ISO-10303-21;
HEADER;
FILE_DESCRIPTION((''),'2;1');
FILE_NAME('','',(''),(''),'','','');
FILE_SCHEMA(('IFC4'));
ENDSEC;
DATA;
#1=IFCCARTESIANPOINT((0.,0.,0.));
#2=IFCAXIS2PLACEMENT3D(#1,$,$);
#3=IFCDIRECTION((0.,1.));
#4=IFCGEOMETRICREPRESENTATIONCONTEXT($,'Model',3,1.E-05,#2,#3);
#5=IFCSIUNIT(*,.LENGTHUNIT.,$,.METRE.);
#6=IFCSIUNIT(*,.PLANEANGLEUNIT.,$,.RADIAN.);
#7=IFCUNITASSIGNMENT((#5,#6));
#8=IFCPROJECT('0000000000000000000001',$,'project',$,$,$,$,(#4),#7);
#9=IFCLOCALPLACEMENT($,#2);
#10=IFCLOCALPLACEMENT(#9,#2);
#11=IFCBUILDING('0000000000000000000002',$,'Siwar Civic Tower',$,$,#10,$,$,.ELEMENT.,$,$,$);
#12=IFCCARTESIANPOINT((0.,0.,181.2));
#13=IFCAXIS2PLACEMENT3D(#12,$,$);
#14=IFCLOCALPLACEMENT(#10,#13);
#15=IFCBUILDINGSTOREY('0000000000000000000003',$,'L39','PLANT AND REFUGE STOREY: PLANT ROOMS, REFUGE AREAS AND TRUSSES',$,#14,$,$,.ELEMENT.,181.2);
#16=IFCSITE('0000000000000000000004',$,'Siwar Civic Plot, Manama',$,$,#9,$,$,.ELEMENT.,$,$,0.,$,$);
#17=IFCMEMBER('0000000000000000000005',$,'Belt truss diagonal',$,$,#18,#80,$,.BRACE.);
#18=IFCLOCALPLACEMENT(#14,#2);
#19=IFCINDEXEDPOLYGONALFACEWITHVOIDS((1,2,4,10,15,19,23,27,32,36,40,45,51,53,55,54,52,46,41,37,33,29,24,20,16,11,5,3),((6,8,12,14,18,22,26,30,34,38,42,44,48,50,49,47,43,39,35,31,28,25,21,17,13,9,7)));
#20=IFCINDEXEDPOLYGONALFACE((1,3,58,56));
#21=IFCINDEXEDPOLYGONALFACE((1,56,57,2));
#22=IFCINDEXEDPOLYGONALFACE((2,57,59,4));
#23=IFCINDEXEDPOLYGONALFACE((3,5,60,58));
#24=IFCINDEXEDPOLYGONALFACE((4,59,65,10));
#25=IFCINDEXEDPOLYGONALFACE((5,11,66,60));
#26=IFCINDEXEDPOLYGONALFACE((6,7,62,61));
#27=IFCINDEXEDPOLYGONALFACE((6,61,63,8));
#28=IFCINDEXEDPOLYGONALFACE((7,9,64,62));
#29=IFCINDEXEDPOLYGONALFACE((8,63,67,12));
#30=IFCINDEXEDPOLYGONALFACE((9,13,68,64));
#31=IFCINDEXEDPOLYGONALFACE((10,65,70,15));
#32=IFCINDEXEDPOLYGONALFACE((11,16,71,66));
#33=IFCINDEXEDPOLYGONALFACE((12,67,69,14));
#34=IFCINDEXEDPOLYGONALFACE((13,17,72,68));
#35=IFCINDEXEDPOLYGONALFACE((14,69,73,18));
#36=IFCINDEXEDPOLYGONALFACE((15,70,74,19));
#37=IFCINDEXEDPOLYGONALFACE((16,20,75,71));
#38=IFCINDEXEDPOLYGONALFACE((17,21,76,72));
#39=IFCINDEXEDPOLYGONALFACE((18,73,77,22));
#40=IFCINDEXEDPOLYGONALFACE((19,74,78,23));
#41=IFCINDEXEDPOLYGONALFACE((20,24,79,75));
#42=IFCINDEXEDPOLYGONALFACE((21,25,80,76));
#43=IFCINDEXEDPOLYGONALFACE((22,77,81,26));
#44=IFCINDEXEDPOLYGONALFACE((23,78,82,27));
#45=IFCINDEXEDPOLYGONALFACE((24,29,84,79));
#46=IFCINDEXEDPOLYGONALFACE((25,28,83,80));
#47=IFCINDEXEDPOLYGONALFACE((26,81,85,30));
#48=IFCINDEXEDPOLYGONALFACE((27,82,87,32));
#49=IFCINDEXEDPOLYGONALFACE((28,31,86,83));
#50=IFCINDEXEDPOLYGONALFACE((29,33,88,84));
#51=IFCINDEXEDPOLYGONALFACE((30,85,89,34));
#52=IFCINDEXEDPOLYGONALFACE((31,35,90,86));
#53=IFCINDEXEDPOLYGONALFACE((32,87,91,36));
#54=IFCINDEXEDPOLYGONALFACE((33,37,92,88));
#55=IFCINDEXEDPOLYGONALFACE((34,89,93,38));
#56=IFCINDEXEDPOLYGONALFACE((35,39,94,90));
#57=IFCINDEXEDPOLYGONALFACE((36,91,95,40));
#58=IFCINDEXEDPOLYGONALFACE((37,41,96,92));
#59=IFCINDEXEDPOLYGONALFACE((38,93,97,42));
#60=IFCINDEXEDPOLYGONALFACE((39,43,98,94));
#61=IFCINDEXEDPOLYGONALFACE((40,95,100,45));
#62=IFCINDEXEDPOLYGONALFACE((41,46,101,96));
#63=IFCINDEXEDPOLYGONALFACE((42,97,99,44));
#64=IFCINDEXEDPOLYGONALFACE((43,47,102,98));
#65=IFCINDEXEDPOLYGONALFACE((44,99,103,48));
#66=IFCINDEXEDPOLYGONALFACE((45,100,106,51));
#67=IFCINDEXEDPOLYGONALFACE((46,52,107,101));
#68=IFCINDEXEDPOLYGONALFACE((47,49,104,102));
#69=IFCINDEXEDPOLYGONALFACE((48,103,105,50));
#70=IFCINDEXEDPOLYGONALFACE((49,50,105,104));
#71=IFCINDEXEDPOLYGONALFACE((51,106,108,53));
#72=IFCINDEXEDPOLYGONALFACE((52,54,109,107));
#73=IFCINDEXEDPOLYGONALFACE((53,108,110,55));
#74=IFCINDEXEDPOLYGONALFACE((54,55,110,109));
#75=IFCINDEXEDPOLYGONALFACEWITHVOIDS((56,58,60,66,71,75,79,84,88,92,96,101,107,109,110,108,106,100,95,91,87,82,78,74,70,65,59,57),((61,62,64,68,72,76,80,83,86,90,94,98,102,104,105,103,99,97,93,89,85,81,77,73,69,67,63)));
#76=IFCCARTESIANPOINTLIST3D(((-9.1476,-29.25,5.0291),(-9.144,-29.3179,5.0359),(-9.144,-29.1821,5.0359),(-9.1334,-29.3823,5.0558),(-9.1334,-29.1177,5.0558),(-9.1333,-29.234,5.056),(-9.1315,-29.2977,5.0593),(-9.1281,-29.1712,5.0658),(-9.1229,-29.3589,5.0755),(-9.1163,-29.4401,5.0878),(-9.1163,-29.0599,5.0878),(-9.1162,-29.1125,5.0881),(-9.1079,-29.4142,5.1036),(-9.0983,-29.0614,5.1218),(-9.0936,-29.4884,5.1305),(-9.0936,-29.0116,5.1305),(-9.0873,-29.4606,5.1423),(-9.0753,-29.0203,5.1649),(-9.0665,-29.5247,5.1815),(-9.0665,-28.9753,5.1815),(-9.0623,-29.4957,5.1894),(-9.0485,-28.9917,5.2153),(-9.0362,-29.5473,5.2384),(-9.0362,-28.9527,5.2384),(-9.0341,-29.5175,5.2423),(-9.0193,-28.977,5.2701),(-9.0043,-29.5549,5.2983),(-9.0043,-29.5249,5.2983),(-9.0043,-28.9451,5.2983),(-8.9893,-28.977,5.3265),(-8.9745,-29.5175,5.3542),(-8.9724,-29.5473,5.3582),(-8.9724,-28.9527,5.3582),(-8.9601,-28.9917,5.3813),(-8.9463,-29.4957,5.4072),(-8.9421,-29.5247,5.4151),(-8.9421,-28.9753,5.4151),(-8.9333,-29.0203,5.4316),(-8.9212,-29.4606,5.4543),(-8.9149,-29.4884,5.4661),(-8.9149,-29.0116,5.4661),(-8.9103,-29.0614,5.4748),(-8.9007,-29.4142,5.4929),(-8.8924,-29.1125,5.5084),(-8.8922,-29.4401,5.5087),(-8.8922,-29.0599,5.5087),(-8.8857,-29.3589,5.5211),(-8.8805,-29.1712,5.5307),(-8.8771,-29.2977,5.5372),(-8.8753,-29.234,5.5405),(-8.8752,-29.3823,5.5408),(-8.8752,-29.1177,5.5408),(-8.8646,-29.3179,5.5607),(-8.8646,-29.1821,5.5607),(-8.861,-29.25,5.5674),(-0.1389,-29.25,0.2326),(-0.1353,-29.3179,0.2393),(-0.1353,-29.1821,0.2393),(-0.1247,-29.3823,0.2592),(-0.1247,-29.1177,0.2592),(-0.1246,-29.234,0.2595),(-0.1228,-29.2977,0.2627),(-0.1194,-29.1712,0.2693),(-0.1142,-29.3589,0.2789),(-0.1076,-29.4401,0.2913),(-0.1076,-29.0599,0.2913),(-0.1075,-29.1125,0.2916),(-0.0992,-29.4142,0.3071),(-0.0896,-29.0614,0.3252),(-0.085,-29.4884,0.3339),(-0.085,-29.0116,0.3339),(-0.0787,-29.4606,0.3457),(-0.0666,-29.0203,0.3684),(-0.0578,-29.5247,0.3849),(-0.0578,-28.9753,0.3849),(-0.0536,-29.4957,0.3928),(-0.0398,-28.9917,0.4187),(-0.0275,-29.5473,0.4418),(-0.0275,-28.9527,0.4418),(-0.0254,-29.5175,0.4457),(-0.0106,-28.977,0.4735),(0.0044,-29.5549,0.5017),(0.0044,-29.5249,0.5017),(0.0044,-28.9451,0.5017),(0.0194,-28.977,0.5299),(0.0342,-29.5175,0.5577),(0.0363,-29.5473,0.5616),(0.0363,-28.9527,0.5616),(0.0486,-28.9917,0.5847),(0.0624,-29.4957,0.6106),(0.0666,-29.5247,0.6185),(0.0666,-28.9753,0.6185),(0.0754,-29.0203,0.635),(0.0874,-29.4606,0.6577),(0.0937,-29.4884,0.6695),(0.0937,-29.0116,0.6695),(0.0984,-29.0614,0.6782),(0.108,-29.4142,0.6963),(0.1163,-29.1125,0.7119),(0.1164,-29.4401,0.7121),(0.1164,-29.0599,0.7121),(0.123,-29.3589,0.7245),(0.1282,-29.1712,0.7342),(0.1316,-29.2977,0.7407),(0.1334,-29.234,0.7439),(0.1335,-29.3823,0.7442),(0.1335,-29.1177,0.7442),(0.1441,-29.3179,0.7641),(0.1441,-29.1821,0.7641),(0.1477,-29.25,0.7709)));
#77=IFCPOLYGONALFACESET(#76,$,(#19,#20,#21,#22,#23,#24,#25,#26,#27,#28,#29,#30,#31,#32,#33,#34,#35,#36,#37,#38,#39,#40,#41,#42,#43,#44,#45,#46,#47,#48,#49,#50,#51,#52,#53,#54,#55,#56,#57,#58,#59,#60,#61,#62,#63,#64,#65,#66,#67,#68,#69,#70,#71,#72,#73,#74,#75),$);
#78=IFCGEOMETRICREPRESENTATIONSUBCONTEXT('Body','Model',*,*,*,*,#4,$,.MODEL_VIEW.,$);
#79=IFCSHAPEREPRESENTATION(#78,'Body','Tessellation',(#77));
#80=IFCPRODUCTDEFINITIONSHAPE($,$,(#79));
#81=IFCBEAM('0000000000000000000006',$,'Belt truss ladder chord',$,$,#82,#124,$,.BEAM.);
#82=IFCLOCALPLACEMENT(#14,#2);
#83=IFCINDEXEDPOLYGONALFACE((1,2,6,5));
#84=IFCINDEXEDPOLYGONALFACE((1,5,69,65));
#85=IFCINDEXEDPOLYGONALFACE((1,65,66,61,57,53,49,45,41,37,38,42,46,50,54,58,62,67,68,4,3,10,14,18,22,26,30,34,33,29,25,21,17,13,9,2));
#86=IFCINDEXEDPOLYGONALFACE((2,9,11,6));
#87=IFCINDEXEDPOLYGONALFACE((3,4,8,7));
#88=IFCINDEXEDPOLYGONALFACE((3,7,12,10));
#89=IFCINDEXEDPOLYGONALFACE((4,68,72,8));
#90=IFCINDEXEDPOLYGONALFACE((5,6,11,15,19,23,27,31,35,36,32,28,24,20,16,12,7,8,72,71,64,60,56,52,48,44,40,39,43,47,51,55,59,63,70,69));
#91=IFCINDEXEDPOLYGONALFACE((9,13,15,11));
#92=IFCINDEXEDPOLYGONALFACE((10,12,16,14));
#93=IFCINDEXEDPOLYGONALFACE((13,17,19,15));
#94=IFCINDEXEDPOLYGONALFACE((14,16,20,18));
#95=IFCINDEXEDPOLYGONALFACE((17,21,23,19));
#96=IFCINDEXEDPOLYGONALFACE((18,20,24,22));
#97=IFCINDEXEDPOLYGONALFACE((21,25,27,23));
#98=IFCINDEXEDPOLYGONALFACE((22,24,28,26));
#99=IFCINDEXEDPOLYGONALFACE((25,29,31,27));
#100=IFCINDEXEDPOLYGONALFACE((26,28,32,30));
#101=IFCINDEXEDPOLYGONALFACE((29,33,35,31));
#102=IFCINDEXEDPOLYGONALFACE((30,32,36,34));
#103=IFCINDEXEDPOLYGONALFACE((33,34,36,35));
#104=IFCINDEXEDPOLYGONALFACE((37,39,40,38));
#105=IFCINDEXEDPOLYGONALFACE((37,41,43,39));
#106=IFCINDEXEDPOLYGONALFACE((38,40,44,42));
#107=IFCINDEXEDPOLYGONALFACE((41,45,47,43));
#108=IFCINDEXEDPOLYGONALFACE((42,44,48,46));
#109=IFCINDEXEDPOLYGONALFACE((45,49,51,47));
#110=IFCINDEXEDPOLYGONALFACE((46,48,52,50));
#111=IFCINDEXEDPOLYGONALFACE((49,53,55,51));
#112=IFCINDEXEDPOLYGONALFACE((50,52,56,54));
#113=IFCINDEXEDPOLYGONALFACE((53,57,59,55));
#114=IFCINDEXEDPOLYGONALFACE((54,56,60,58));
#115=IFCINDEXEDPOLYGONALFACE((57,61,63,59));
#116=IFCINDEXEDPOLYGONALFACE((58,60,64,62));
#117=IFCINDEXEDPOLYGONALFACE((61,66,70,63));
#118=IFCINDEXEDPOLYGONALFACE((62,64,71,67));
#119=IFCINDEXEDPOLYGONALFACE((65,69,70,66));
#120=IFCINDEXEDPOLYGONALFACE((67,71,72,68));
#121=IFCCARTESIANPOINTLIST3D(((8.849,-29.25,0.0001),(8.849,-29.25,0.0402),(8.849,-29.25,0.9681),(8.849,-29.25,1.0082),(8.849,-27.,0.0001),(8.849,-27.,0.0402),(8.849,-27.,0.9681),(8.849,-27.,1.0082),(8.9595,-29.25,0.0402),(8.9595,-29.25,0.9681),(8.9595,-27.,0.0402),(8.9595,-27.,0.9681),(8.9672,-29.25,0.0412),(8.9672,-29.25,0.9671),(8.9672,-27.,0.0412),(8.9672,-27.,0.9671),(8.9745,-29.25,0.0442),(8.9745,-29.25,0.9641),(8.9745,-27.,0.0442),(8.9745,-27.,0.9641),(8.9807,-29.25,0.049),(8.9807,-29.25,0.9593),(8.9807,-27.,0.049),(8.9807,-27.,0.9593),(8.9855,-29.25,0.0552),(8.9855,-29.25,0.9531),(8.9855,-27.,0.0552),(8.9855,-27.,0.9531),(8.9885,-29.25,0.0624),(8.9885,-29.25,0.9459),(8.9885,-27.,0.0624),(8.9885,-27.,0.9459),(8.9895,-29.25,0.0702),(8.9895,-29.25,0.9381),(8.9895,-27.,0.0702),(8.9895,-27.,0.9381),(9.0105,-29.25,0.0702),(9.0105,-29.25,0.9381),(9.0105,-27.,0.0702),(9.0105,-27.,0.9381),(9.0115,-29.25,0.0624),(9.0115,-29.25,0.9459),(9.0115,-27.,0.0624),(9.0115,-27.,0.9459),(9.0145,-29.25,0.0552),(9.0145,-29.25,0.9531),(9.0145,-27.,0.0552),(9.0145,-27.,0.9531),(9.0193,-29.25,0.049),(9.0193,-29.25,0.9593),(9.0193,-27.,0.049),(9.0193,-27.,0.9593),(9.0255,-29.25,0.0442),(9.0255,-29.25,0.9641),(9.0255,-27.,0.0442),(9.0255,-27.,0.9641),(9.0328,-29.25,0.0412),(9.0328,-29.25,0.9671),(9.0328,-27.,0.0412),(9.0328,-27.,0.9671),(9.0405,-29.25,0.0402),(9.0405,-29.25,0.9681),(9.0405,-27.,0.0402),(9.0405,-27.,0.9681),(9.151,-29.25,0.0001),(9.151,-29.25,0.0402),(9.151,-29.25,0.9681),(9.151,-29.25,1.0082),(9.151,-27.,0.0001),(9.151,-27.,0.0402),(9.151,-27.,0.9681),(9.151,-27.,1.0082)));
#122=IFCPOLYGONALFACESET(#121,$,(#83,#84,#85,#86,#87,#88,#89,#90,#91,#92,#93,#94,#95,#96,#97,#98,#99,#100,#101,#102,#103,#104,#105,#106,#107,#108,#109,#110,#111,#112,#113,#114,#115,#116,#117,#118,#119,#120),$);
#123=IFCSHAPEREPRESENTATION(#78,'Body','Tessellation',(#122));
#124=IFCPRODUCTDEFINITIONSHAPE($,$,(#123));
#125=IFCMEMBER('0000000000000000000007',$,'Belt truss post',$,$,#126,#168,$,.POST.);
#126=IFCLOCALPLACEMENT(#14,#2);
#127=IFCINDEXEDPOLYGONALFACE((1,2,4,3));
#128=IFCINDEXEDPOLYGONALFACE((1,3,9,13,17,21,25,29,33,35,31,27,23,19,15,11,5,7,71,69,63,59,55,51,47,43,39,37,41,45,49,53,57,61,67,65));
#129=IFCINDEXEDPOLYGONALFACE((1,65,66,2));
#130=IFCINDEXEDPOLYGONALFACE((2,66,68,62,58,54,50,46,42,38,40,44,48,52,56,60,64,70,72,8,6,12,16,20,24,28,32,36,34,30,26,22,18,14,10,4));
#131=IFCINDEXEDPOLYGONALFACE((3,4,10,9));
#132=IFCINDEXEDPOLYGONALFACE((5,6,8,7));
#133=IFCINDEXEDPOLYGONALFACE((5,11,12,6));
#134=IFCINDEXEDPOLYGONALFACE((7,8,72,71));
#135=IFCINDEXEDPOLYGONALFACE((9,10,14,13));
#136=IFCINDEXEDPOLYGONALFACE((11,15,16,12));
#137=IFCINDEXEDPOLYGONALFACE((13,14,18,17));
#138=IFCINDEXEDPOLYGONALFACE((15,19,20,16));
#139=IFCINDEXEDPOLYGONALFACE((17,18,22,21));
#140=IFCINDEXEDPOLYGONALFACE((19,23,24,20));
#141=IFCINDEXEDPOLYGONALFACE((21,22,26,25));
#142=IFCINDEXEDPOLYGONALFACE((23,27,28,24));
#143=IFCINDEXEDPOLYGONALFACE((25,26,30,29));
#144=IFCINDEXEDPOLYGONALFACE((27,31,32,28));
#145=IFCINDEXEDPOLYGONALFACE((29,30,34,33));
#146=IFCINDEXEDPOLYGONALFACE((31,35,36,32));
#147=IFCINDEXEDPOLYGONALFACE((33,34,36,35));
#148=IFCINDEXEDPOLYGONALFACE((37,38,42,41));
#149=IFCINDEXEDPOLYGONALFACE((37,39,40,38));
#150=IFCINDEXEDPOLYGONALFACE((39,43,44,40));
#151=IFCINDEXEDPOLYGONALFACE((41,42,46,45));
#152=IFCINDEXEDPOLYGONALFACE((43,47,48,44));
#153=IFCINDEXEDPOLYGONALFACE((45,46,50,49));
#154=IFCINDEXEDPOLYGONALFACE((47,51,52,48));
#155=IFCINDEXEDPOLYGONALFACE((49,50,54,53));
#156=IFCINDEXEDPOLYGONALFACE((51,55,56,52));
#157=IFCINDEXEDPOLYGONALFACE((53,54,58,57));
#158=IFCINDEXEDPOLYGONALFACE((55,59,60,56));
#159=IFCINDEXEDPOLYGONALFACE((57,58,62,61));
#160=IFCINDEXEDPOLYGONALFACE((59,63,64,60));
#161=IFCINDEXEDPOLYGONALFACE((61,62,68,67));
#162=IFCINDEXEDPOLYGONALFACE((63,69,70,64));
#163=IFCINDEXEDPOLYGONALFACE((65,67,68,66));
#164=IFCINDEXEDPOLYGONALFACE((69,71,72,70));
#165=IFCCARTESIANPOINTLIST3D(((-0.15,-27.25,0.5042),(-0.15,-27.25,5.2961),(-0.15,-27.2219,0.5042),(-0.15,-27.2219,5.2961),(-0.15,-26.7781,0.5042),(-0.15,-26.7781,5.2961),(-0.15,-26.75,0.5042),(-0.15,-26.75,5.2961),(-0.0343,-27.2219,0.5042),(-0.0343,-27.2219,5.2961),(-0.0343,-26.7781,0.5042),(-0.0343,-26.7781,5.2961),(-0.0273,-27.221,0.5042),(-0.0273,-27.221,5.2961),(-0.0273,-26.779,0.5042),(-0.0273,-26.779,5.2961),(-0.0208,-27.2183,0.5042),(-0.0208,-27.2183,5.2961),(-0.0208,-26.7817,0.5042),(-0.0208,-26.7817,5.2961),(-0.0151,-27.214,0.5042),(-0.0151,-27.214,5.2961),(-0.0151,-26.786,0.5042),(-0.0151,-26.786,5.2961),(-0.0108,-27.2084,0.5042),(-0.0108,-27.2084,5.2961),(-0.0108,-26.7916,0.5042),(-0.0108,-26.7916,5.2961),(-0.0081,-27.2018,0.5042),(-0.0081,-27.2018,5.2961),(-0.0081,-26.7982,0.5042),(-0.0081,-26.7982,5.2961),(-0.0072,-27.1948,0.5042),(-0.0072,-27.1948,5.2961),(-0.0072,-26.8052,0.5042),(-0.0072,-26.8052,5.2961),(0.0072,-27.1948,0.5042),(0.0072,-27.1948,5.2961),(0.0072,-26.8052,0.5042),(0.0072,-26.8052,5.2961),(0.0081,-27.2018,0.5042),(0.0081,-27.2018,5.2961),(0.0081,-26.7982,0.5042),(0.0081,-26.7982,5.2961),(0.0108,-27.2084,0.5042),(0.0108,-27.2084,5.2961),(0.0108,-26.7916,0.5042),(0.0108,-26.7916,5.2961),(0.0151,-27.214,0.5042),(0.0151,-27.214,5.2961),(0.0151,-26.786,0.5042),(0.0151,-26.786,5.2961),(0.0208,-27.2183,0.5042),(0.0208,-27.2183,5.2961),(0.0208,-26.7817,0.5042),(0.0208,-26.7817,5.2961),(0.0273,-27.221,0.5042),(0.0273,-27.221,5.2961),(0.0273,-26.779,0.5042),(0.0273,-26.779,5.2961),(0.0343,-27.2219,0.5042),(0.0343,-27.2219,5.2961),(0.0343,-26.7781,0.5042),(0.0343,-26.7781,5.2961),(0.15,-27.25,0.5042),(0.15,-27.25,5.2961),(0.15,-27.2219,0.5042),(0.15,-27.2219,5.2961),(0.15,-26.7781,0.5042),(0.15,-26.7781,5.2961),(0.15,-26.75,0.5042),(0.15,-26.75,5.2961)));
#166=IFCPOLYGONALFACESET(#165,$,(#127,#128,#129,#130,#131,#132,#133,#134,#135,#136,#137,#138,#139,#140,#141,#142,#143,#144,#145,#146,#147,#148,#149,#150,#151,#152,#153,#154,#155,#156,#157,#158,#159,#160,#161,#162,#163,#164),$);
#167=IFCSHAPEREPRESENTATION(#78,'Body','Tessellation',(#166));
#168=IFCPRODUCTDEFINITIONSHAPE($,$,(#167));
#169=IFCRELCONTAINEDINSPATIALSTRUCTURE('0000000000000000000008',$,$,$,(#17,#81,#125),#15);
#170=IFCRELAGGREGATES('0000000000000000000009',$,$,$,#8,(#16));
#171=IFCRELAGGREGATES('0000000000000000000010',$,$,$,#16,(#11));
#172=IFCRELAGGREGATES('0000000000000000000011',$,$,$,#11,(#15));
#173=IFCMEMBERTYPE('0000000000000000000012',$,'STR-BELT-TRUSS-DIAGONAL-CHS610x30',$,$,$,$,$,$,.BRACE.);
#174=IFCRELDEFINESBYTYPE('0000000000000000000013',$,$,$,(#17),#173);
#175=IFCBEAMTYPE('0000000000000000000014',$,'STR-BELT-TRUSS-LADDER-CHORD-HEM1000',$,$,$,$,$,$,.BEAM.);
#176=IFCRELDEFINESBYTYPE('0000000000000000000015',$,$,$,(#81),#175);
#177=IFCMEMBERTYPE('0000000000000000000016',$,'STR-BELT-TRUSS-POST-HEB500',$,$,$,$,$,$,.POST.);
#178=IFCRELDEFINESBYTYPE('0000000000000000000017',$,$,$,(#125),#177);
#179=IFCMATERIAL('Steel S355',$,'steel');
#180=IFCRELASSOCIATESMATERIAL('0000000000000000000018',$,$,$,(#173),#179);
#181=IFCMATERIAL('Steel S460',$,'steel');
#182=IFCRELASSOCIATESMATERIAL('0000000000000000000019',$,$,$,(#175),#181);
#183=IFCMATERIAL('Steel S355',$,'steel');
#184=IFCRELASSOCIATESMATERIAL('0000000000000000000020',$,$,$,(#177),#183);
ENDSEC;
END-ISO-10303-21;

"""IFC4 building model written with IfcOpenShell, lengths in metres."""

from ifc_helpers import new_model, si_unit, direction, frame, origin, origin_2d, place, context, subcontext, project, spatial, hollow_circle, i_section, extrude, material, material_profile, profile_set, type_object, element, save


model = new_model("IFC4")

# Units and contexts
model_context = context("Model", 3, precision=1e-05, world=origin(), true_north=direction((0.0, 1.0)))
body_context = subcontext(model_context, "Body", "Model", "MODEL_VIEW")
ifc_project = project(units=[si_unit("LENGTHUNIT", "METRE"), si_unit("PLANEANGLEUNIT", "RADIAN")], contexts=[model_context])

# Site, building, storey
site_placement = place(None, origin())
site = spatial("IfcSite", under=ifc_project, at=site_placement, Name="Siwar Civic Plot, Manama", CompositionType="ELEMENT", RefElevation=0.0)
building_placement = place(site_placement, origin())
building = spatial("IfcBuilding", under=site, at=building_placement, Name="Siwar Civic Tower", CompositionType="ELEMENT")
storey_placement = place(building_placement, frame((0.0, 0.0, 181.2)))
storey = spatial("IfcBuildingStorey", under=building, at=storey_placement, Name="L39", Description="PLANT AND REFUGE STOREY: PLANT ROOMS, REFUGE AREAS AND TRUSSES", CompositionType="ELEMENT", Elevation=181.2)

# Member
ifc_material_1 = material(Name="Steel S355", Category="steel")
ifc_material_profile_1 = material_profile(ifc_material_1, hollow_circle(Radius=0.3049, WallThickness=0.03, at=origin_2d()), Name="CHS610x30")
ifc_profile_set_1 = profile_set([ifc_material_profile_1], Name="Steel S355")
member_type_1 = type_object("IfcMemberType", Name="STR-BELT-TRUSS-DIAGONAL-CHS610x30", PredefinedType="BRACE", material=ifc_profile_set_1)
for number, where, z_axis, x_axis, name in (
    (1, (0.0044, -29.25, 0.5017), (-0.882681, 0.0, 0.469974), (0.0, -1.0, 0.0), "Belt truss diagonal"),
):
    element("IfcMember", number, at=place(storey_placement, frame(where, z_axis=z_axis, x_axis=x_axis)), inside=storey, type_object=member_type_1, Name=name, PredefinedType="BRACE", context=body_context, shape_type="SweptSolid", body=[
        extrude(hollow_circle(Radius=0.3049, WallThickness=0.03, at=origin_2d()), origin(), (0.0, 0.0, 1.0), 10.2061),
    ])

# Beam
ifc_material_2 = material(Name="Steel S460", Category="steel")
ifc_material_profile_2 = material_profile(ifc_material_2, i_section(OverallWidth=0.302, OverallDepth=1.0081, WebThickness=0.021, FlangeThickness=0.04, FilletRadius=0.03, at=origin_2d()), Name="HEM1000")
ifc_profile_set_2 = profile_set([ifc_material_profile_2], Name="Steel S460")
beam_type_1 = type_object("IfcBeamType", Name="STR-BELT-TRUSS-LADDER-CHORD-HEM1000", PredefinedType="BEAM", material=ifc_profile_set_2)
beam_1_placement = place(storey_placement, frame((9.0, -27.0, 0.5042), z_axis=(0.0, -1.0, 0.0), x_axis=(1.0, 0.0, 0.0)))
element("IfcBeam", 2, at=beam_1_placement, inside=storey, type_object=beam_type_1, Name="Belt truss ladder chord", PredefinedType="BEAM", context=body_context, shape_type="SweptSolid", body=[
    extrude(i_section(OverallWidth=0.302, OverallDepth=1.0081, WebThickness=0.021, FlangeThickness=0.04, FilletRadius=0.03, at=origin_2d()), origin(), (0.0, 0.0, 1.0), 2.25),
])

# Member
ifc_material_3 = material(Name="Steel S355", Category="steel")
ifc_material_profile_3 = material_profile(ifc_material_3, i_section(OverallWidth=0.3, OverallDepth=0.5, WebThickness=0.0144, FlangeThickness=0.0281, FilletRadius=0.0271, at=origin_2d()), Name="HEB500")
ifc_profile_set_3 = profile_set([ifc_material_profile_3], Name="Steel S355")
member_type_2 = type_object("IfcMemberType", Name="STR-BELT-TRUSS-POST-HEB500", PredefinedType="POST", material=ifc_profile_set_3)
member_1_placement = place(storey_placement, frame((0.0, -27.0, 0.5042), z_axis=(0.0, 0.0, 1.0), x_axis=(1.0, 0.0, 0.0)))
element("IfcMember", 3, at=member_1_placement, inside=storey, type_object=member_type_2, Name="Belt truss post", PredefinedType="POST", context=body_context, shape_type="SweptSolid", body=[
    extrude(i_section(OverallWidth=0.3, OverallDepth=0.5, WebThickness=0.0144, FlangeThickness=0.0281, FilletRadius=0.0271, at=origin_2d()), origin(), (0.0, 0.0, 1.0), 4.792),
])

save(model, "model.ifc")
